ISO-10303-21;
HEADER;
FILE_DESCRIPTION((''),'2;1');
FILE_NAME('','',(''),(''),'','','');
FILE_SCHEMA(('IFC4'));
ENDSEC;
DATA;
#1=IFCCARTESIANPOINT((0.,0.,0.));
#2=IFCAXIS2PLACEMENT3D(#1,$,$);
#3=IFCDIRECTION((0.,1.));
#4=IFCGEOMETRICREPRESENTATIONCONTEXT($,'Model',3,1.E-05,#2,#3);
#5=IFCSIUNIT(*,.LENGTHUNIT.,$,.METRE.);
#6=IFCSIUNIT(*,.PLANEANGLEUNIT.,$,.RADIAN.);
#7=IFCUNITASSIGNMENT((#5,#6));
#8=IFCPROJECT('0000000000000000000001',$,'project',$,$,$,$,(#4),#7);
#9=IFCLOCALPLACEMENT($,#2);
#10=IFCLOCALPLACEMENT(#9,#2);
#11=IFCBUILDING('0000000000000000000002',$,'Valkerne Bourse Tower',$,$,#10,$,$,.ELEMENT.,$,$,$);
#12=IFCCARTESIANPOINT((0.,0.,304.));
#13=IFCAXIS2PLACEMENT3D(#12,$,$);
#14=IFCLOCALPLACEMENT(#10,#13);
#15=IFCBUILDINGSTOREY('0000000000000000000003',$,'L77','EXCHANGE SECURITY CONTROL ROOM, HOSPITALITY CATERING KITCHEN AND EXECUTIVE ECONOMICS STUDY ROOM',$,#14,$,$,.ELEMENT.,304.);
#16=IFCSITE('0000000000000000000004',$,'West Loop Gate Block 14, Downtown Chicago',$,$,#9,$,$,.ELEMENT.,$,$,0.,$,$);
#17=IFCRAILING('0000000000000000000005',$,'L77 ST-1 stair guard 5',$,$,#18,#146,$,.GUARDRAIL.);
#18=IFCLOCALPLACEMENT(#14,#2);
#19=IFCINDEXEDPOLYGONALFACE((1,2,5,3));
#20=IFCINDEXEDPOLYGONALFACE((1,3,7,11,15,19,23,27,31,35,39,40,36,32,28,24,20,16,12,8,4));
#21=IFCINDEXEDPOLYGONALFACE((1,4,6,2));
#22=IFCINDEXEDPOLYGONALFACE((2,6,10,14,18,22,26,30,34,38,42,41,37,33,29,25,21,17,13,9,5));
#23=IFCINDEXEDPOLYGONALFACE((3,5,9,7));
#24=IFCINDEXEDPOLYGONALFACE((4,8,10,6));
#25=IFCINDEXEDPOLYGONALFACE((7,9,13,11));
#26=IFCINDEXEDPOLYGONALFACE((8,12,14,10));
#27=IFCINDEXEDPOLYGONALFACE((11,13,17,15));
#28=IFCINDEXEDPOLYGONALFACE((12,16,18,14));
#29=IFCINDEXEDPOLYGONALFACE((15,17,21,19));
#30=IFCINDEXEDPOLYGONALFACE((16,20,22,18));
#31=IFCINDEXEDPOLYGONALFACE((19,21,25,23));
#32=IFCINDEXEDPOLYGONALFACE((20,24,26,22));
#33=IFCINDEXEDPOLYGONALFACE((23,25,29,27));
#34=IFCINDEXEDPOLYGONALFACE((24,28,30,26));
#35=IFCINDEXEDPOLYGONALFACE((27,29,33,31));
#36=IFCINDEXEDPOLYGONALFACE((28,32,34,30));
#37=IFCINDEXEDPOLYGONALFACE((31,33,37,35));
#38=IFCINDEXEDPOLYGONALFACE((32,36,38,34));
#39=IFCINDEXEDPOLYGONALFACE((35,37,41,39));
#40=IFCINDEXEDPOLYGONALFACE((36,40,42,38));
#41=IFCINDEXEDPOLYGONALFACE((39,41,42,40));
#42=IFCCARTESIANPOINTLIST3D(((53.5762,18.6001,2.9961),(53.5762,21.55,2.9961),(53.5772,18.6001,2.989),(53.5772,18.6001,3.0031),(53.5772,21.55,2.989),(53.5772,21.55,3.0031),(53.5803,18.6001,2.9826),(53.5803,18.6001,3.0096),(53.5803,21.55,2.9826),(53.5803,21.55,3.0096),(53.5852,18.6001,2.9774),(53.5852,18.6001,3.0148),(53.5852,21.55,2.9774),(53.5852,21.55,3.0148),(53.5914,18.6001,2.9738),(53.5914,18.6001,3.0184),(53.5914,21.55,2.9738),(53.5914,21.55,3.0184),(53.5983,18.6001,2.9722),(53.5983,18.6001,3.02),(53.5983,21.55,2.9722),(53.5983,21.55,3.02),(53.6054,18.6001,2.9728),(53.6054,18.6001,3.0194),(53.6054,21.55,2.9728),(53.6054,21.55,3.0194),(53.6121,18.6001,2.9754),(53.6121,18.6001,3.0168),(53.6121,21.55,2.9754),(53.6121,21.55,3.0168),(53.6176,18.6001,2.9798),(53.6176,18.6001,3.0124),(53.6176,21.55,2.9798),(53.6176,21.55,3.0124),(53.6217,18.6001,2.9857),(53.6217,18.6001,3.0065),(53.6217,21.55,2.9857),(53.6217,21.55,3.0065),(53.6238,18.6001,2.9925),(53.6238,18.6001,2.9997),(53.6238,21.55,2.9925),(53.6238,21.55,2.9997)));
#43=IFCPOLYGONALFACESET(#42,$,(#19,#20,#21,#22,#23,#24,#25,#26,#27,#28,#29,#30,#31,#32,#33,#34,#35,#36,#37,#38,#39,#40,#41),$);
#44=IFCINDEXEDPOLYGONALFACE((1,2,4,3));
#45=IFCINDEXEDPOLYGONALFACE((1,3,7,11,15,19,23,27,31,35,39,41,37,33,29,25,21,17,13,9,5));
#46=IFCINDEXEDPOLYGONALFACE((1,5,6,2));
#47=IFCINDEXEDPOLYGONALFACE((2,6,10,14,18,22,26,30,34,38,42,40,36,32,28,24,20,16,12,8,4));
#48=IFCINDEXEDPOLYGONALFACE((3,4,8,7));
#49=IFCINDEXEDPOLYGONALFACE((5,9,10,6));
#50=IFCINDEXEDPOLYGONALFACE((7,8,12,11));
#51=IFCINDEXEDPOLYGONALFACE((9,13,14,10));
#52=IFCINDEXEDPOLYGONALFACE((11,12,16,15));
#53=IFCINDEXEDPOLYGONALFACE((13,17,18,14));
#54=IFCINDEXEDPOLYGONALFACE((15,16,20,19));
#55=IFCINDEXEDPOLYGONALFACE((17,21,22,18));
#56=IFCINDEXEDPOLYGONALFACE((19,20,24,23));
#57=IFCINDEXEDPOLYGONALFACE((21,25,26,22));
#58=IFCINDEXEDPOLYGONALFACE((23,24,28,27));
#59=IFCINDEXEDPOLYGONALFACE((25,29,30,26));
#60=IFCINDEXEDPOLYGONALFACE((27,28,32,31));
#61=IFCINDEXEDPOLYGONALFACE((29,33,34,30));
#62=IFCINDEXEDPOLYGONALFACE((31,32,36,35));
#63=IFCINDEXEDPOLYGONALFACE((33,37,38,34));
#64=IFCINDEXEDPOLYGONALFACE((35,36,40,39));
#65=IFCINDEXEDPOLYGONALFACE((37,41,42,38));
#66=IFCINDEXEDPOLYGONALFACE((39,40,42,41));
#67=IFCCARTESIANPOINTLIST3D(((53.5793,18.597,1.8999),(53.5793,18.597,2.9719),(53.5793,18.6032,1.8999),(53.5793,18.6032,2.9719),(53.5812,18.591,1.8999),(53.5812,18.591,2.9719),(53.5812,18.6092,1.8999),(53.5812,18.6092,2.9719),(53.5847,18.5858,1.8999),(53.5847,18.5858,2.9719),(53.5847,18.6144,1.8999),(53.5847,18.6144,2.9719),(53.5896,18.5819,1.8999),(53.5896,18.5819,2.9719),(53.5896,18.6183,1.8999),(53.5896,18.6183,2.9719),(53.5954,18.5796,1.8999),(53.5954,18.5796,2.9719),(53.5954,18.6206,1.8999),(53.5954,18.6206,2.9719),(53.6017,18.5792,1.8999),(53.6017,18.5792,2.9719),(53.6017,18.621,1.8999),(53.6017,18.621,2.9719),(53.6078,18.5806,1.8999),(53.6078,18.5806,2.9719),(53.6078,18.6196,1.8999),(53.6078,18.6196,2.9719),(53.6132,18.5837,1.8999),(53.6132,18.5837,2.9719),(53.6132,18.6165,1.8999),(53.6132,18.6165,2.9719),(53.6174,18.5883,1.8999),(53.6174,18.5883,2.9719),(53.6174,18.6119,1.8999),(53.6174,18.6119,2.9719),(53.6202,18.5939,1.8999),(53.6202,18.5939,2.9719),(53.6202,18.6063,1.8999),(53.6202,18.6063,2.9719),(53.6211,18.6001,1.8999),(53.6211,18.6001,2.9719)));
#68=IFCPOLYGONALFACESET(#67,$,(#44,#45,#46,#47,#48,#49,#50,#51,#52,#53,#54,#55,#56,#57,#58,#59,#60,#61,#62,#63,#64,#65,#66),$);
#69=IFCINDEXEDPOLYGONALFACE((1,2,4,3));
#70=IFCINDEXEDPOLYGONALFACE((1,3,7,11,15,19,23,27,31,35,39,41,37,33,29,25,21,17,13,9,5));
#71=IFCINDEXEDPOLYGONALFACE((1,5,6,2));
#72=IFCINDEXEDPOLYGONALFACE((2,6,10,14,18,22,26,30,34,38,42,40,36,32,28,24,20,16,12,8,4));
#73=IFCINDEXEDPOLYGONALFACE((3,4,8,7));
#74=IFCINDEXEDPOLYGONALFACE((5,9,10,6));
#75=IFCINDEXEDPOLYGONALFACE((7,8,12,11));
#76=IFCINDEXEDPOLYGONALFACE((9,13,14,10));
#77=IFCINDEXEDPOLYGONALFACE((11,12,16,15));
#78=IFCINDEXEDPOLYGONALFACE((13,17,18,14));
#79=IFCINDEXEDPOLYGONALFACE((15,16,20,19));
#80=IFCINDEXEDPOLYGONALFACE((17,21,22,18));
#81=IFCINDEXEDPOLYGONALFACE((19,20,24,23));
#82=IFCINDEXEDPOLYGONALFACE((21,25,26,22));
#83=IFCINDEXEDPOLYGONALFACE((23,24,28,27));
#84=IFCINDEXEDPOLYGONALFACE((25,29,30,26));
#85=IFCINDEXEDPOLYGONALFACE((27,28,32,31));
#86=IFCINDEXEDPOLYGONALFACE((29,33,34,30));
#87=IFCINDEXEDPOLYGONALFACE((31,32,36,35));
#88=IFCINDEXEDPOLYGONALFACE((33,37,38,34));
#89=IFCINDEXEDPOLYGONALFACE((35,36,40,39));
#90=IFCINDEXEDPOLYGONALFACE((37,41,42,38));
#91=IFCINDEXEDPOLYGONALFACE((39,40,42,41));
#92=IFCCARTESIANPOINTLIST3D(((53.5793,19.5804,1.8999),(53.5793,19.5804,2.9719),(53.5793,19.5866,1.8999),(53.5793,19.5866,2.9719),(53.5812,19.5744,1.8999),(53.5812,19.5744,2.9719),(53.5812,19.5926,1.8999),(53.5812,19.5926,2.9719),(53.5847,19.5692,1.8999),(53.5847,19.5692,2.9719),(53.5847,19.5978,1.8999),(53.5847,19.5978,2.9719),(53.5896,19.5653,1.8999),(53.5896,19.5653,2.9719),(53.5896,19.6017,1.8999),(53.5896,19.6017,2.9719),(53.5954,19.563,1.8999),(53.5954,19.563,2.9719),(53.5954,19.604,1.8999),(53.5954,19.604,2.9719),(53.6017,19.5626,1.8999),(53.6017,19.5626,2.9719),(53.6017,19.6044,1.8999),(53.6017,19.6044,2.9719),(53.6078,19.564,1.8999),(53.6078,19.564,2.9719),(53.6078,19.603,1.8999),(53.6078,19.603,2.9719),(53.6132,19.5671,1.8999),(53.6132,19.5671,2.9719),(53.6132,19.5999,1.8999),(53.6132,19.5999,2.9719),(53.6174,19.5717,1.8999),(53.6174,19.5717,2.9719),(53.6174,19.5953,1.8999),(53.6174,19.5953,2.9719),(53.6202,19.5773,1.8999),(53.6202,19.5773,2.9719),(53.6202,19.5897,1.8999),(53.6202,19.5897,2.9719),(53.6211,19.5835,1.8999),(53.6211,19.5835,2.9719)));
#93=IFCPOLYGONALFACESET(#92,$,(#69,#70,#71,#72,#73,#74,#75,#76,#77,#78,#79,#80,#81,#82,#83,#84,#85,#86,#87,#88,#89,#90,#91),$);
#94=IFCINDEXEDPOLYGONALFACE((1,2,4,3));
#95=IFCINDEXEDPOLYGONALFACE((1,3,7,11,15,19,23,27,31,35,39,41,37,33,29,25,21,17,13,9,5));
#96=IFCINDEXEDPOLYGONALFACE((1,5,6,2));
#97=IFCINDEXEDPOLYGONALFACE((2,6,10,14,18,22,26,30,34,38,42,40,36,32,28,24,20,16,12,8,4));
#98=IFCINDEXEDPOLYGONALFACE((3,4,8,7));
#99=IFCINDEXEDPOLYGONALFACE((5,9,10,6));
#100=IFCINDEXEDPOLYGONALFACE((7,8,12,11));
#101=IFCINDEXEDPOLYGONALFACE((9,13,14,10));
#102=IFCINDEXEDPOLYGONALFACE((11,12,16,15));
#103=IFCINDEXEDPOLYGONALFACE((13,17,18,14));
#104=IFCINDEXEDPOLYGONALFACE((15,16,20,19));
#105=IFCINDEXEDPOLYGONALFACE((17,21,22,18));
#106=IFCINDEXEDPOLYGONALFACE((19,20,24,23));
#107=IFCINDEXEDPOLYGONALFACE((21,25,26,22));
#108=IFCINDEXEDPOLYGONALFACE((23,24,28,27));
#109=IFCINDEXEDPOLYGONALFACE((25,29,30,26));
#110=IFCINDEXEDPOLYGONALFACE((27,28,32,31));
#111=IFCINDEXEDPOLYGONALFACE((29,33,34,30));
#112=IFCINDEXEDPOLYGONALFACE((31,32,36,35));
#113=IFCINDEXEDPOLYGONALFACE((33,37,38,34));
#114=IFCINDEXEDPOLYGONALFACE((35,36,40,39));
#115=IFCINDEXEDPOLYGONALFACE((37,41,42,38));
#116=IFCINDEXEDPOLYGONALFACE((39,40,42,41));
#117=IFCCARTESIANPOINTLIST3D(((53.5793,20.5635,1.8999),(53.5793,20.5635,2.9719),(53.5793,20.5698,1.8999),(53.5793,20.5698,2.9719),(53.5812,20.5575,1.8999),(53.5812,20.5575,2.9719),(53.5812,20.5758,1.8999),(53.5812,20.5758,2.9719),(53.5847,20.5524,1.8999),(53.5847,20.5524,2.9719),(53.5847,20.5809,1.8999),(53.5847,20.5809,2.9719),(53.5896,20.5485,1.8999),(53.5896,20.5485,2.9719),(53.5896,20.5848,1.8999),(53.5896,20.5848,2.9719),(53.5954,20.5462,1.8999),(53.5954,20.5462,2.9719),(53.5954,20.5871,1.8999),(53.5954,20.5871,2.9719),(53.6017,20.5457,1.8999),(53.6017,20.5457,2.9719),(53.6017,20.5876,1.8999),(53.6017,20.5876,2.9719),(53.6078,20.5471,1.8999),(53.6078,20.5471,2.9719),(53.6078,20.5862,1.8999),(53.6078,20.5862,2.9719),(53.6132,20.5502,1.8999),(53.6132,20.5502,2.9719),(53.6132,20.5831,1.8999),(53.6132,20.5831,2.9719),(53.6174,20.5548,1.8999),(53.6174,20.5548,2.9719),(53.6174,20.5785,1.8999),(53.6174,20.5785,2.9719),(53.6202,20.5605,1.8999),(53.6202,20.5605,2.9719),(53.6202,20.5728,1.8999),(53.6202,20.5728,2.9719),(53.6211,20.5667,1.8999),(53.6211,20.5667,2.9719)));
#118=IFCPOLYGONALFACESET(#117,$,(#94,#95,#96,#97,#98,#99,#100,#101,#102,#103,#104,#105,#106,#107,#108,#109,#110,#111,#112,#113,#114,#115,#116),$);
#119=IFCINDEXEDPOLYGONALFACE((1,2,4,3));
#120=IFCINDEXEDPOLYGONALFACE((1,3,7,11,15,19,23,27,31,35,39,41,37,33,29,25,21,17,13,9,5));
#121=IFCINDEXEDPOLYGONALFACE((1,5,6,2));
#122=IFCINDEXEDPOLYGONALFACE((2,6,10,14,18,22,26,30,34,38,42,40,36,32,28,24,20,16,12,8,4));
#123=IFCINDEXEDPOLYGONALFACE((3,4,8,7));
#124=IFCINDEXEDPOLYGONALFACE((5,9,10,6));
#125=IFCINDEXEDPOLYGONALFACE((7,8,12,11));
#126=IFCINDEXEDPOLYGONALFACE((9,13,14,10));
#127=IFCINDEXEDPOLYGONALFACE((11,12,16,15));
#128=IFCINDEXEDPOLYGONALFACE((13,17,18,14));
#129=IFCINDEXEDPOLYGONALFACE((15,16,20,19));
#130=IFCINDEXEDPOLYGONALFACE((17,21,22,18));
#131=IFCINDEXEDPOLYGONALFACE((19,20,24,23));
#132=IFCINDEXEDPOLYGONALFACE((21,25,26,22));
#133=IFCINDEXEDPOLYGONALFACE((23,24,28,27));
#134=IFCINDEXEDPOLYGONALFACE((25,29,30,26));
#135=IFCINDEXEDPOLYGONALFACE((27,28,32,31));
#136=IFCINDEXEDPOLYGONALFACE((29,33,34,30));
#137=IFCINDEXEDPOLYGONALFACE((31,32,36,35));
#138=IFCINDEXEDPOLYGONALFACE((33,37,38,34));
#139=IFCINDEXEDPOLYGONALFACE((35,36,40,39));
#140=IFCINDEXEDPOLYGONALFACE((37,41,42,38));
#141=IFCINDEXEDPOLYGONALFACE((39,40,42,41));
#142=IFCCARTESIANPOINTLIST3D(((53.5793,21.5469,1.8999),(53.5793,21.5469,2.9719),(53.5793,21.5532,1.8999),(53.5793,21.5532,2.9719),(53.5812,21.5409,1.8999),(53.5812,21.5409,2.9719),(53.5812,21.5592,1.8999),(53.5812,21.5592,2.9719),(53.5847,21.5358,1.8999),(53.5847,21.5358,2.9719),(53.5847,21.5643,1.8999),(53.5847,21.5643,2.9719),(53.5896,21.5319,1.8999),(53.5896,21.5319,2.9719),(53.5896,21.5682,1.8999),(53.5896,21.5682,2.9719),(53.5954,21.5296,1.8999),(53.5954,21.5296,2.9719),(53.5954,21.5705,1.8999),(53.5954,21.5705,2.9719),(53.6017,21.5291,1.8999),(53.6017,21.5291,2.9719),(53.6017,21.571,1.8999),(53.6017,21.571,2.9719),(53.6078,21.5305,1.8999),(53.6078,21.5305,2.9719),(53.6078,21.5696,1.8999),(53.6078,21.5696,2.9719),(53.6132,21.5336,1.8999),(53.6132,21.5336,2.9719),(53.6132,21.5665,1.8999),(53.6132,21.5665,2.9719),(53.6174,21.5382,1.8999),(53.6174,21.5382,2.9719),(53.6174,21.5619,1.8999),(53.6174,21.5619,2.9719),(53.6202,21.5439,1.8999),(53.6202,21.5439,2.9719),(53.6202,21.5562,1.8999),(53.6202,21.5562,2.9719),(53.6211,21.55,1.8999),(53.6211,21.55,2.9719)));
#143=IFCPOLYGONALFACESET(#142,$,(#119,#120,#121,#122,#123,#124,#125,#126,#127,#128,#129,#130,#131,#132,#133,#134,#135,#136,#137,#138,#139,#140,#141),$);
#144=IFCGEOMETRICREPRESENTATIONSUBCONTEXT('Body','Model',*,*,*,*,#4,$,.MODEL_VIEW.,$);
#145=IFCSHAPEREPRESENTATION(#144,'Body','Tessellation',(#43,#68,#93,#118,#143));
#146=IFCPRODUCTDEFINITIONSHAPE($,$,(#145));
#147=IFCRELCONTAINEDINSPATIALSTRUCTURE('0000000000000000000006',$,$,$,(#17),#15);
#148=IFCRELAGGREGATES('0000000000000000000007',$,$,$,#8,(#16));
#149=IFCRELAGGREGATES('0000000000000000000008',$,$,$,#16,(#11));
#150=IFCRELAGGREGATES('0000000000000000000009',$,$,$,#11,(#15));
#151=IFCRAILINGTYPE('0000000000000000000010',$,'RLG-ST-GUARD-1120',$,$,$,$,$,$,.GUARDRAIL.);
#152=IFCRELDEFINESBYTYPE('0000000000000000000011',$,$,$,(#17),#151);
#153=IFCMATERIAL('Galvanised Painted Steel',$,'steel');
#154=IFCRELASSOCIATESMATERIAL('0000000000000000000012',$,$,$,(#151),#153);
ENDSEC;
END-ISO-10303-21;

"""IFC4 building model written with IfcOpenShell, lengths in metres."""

from ifc_helpers import new_model, si_unit, direction, frame, origin, origin_2d, place, context, subcontext, project, spatial, circle, extrude, material, type_object, element, save


model = new_model("IFC4")

# Units and contexts
model_context = context("Model", 3, precision=1e-05, world=origin(), true_north=direction((0.0, 1.0)))
body_context = subcontext(model_context, "Body", "Model", "MODEL_VIEW")
ifc_project = project(units=[si_unit("LENGTHUNIT", "METRE"), si_unit("PLANEANGLEUNIT", "RADIAN")], contexts=[model_context])

# Site, building, storey
site_placement = place(None, origin())
site = spatial("IfcSite", under=ifc_project, at=site_placement, Name="West Loop Gate Block 14, Downtown Chicago", CompositionType="ELEMENT", RefElevation=0.0)
building_placement = place(site_placement, origin())
building = spatial("IfcBuilding", under=site, at=building_placement, Name="Valkerne Bourse Tower", CompositionType="ELEMENT")
storey_placement = place(building_placement, frame((0.0, 0.0, 304.0)))
storey = spatial("IfcBuildingStorey", under=building, at=storey_placement, Name="L77", Description="EXCHANGE SECURITY CONTROL ROOM, HOSPITALITY CATERING KITCHEN AND EXECUTIVE ECONOMICS STUDY ROOM", CompositionType="ELEMENT", Elevation=304.0)

# Railing
ifc_material_1 = material(Name="Galvanised Painted Steel", Category="steel")
railing_type_1 = type_object("IfcRailingType", Name="RLG-ST-GUARD-1120", PredefinedType="GUARDRAIL", material=ifc_material_1)
railing_1_placement = place(storey_placement, frame((53.6001, 18.6001, 1.8999)))
element("IfcRailing", 1, at=railing_1_placement, inside=storey, type_object=railing_type_1, Name="L77 ST-1 stair guard 5", PredefinedType="GUARDRAIL", context=body_context, shape_type="SweptSolid", body=[
    extrude(circle(Radius=0.0239, at=origin_2d()), frame((0.0, 0.0, 1.0962), z_axis=(0.0, 1.0, 0.0), x_axis=(-1.0, 0.0, 0.0)), (0.0, 0.0, 1.0), 2.95),
    extrude(circle(Radius=0.021, at=origin_2d()), origin(), (0.0, 0.0, 1.0), 1.072),
    extrude(circle(Radius=0.021, at=origin_2d()), frame((0.0, 0.9834, 0.0)), (0.0, 0.0, 1.0), 1.072),
    extrude(circle(Radius=0.021, at=origin_2d()), frame((0.0, 1.9666, 0.0)), (0.0, 0.0, 1.0), 1.072),
    extrude(circle(Radius=0.021, at=origin_2d()), frame((0.0, 2.95, 0.0)), (0.0, 0.0, 1.0), 1.072),
])

save(model, "model.ifc")
